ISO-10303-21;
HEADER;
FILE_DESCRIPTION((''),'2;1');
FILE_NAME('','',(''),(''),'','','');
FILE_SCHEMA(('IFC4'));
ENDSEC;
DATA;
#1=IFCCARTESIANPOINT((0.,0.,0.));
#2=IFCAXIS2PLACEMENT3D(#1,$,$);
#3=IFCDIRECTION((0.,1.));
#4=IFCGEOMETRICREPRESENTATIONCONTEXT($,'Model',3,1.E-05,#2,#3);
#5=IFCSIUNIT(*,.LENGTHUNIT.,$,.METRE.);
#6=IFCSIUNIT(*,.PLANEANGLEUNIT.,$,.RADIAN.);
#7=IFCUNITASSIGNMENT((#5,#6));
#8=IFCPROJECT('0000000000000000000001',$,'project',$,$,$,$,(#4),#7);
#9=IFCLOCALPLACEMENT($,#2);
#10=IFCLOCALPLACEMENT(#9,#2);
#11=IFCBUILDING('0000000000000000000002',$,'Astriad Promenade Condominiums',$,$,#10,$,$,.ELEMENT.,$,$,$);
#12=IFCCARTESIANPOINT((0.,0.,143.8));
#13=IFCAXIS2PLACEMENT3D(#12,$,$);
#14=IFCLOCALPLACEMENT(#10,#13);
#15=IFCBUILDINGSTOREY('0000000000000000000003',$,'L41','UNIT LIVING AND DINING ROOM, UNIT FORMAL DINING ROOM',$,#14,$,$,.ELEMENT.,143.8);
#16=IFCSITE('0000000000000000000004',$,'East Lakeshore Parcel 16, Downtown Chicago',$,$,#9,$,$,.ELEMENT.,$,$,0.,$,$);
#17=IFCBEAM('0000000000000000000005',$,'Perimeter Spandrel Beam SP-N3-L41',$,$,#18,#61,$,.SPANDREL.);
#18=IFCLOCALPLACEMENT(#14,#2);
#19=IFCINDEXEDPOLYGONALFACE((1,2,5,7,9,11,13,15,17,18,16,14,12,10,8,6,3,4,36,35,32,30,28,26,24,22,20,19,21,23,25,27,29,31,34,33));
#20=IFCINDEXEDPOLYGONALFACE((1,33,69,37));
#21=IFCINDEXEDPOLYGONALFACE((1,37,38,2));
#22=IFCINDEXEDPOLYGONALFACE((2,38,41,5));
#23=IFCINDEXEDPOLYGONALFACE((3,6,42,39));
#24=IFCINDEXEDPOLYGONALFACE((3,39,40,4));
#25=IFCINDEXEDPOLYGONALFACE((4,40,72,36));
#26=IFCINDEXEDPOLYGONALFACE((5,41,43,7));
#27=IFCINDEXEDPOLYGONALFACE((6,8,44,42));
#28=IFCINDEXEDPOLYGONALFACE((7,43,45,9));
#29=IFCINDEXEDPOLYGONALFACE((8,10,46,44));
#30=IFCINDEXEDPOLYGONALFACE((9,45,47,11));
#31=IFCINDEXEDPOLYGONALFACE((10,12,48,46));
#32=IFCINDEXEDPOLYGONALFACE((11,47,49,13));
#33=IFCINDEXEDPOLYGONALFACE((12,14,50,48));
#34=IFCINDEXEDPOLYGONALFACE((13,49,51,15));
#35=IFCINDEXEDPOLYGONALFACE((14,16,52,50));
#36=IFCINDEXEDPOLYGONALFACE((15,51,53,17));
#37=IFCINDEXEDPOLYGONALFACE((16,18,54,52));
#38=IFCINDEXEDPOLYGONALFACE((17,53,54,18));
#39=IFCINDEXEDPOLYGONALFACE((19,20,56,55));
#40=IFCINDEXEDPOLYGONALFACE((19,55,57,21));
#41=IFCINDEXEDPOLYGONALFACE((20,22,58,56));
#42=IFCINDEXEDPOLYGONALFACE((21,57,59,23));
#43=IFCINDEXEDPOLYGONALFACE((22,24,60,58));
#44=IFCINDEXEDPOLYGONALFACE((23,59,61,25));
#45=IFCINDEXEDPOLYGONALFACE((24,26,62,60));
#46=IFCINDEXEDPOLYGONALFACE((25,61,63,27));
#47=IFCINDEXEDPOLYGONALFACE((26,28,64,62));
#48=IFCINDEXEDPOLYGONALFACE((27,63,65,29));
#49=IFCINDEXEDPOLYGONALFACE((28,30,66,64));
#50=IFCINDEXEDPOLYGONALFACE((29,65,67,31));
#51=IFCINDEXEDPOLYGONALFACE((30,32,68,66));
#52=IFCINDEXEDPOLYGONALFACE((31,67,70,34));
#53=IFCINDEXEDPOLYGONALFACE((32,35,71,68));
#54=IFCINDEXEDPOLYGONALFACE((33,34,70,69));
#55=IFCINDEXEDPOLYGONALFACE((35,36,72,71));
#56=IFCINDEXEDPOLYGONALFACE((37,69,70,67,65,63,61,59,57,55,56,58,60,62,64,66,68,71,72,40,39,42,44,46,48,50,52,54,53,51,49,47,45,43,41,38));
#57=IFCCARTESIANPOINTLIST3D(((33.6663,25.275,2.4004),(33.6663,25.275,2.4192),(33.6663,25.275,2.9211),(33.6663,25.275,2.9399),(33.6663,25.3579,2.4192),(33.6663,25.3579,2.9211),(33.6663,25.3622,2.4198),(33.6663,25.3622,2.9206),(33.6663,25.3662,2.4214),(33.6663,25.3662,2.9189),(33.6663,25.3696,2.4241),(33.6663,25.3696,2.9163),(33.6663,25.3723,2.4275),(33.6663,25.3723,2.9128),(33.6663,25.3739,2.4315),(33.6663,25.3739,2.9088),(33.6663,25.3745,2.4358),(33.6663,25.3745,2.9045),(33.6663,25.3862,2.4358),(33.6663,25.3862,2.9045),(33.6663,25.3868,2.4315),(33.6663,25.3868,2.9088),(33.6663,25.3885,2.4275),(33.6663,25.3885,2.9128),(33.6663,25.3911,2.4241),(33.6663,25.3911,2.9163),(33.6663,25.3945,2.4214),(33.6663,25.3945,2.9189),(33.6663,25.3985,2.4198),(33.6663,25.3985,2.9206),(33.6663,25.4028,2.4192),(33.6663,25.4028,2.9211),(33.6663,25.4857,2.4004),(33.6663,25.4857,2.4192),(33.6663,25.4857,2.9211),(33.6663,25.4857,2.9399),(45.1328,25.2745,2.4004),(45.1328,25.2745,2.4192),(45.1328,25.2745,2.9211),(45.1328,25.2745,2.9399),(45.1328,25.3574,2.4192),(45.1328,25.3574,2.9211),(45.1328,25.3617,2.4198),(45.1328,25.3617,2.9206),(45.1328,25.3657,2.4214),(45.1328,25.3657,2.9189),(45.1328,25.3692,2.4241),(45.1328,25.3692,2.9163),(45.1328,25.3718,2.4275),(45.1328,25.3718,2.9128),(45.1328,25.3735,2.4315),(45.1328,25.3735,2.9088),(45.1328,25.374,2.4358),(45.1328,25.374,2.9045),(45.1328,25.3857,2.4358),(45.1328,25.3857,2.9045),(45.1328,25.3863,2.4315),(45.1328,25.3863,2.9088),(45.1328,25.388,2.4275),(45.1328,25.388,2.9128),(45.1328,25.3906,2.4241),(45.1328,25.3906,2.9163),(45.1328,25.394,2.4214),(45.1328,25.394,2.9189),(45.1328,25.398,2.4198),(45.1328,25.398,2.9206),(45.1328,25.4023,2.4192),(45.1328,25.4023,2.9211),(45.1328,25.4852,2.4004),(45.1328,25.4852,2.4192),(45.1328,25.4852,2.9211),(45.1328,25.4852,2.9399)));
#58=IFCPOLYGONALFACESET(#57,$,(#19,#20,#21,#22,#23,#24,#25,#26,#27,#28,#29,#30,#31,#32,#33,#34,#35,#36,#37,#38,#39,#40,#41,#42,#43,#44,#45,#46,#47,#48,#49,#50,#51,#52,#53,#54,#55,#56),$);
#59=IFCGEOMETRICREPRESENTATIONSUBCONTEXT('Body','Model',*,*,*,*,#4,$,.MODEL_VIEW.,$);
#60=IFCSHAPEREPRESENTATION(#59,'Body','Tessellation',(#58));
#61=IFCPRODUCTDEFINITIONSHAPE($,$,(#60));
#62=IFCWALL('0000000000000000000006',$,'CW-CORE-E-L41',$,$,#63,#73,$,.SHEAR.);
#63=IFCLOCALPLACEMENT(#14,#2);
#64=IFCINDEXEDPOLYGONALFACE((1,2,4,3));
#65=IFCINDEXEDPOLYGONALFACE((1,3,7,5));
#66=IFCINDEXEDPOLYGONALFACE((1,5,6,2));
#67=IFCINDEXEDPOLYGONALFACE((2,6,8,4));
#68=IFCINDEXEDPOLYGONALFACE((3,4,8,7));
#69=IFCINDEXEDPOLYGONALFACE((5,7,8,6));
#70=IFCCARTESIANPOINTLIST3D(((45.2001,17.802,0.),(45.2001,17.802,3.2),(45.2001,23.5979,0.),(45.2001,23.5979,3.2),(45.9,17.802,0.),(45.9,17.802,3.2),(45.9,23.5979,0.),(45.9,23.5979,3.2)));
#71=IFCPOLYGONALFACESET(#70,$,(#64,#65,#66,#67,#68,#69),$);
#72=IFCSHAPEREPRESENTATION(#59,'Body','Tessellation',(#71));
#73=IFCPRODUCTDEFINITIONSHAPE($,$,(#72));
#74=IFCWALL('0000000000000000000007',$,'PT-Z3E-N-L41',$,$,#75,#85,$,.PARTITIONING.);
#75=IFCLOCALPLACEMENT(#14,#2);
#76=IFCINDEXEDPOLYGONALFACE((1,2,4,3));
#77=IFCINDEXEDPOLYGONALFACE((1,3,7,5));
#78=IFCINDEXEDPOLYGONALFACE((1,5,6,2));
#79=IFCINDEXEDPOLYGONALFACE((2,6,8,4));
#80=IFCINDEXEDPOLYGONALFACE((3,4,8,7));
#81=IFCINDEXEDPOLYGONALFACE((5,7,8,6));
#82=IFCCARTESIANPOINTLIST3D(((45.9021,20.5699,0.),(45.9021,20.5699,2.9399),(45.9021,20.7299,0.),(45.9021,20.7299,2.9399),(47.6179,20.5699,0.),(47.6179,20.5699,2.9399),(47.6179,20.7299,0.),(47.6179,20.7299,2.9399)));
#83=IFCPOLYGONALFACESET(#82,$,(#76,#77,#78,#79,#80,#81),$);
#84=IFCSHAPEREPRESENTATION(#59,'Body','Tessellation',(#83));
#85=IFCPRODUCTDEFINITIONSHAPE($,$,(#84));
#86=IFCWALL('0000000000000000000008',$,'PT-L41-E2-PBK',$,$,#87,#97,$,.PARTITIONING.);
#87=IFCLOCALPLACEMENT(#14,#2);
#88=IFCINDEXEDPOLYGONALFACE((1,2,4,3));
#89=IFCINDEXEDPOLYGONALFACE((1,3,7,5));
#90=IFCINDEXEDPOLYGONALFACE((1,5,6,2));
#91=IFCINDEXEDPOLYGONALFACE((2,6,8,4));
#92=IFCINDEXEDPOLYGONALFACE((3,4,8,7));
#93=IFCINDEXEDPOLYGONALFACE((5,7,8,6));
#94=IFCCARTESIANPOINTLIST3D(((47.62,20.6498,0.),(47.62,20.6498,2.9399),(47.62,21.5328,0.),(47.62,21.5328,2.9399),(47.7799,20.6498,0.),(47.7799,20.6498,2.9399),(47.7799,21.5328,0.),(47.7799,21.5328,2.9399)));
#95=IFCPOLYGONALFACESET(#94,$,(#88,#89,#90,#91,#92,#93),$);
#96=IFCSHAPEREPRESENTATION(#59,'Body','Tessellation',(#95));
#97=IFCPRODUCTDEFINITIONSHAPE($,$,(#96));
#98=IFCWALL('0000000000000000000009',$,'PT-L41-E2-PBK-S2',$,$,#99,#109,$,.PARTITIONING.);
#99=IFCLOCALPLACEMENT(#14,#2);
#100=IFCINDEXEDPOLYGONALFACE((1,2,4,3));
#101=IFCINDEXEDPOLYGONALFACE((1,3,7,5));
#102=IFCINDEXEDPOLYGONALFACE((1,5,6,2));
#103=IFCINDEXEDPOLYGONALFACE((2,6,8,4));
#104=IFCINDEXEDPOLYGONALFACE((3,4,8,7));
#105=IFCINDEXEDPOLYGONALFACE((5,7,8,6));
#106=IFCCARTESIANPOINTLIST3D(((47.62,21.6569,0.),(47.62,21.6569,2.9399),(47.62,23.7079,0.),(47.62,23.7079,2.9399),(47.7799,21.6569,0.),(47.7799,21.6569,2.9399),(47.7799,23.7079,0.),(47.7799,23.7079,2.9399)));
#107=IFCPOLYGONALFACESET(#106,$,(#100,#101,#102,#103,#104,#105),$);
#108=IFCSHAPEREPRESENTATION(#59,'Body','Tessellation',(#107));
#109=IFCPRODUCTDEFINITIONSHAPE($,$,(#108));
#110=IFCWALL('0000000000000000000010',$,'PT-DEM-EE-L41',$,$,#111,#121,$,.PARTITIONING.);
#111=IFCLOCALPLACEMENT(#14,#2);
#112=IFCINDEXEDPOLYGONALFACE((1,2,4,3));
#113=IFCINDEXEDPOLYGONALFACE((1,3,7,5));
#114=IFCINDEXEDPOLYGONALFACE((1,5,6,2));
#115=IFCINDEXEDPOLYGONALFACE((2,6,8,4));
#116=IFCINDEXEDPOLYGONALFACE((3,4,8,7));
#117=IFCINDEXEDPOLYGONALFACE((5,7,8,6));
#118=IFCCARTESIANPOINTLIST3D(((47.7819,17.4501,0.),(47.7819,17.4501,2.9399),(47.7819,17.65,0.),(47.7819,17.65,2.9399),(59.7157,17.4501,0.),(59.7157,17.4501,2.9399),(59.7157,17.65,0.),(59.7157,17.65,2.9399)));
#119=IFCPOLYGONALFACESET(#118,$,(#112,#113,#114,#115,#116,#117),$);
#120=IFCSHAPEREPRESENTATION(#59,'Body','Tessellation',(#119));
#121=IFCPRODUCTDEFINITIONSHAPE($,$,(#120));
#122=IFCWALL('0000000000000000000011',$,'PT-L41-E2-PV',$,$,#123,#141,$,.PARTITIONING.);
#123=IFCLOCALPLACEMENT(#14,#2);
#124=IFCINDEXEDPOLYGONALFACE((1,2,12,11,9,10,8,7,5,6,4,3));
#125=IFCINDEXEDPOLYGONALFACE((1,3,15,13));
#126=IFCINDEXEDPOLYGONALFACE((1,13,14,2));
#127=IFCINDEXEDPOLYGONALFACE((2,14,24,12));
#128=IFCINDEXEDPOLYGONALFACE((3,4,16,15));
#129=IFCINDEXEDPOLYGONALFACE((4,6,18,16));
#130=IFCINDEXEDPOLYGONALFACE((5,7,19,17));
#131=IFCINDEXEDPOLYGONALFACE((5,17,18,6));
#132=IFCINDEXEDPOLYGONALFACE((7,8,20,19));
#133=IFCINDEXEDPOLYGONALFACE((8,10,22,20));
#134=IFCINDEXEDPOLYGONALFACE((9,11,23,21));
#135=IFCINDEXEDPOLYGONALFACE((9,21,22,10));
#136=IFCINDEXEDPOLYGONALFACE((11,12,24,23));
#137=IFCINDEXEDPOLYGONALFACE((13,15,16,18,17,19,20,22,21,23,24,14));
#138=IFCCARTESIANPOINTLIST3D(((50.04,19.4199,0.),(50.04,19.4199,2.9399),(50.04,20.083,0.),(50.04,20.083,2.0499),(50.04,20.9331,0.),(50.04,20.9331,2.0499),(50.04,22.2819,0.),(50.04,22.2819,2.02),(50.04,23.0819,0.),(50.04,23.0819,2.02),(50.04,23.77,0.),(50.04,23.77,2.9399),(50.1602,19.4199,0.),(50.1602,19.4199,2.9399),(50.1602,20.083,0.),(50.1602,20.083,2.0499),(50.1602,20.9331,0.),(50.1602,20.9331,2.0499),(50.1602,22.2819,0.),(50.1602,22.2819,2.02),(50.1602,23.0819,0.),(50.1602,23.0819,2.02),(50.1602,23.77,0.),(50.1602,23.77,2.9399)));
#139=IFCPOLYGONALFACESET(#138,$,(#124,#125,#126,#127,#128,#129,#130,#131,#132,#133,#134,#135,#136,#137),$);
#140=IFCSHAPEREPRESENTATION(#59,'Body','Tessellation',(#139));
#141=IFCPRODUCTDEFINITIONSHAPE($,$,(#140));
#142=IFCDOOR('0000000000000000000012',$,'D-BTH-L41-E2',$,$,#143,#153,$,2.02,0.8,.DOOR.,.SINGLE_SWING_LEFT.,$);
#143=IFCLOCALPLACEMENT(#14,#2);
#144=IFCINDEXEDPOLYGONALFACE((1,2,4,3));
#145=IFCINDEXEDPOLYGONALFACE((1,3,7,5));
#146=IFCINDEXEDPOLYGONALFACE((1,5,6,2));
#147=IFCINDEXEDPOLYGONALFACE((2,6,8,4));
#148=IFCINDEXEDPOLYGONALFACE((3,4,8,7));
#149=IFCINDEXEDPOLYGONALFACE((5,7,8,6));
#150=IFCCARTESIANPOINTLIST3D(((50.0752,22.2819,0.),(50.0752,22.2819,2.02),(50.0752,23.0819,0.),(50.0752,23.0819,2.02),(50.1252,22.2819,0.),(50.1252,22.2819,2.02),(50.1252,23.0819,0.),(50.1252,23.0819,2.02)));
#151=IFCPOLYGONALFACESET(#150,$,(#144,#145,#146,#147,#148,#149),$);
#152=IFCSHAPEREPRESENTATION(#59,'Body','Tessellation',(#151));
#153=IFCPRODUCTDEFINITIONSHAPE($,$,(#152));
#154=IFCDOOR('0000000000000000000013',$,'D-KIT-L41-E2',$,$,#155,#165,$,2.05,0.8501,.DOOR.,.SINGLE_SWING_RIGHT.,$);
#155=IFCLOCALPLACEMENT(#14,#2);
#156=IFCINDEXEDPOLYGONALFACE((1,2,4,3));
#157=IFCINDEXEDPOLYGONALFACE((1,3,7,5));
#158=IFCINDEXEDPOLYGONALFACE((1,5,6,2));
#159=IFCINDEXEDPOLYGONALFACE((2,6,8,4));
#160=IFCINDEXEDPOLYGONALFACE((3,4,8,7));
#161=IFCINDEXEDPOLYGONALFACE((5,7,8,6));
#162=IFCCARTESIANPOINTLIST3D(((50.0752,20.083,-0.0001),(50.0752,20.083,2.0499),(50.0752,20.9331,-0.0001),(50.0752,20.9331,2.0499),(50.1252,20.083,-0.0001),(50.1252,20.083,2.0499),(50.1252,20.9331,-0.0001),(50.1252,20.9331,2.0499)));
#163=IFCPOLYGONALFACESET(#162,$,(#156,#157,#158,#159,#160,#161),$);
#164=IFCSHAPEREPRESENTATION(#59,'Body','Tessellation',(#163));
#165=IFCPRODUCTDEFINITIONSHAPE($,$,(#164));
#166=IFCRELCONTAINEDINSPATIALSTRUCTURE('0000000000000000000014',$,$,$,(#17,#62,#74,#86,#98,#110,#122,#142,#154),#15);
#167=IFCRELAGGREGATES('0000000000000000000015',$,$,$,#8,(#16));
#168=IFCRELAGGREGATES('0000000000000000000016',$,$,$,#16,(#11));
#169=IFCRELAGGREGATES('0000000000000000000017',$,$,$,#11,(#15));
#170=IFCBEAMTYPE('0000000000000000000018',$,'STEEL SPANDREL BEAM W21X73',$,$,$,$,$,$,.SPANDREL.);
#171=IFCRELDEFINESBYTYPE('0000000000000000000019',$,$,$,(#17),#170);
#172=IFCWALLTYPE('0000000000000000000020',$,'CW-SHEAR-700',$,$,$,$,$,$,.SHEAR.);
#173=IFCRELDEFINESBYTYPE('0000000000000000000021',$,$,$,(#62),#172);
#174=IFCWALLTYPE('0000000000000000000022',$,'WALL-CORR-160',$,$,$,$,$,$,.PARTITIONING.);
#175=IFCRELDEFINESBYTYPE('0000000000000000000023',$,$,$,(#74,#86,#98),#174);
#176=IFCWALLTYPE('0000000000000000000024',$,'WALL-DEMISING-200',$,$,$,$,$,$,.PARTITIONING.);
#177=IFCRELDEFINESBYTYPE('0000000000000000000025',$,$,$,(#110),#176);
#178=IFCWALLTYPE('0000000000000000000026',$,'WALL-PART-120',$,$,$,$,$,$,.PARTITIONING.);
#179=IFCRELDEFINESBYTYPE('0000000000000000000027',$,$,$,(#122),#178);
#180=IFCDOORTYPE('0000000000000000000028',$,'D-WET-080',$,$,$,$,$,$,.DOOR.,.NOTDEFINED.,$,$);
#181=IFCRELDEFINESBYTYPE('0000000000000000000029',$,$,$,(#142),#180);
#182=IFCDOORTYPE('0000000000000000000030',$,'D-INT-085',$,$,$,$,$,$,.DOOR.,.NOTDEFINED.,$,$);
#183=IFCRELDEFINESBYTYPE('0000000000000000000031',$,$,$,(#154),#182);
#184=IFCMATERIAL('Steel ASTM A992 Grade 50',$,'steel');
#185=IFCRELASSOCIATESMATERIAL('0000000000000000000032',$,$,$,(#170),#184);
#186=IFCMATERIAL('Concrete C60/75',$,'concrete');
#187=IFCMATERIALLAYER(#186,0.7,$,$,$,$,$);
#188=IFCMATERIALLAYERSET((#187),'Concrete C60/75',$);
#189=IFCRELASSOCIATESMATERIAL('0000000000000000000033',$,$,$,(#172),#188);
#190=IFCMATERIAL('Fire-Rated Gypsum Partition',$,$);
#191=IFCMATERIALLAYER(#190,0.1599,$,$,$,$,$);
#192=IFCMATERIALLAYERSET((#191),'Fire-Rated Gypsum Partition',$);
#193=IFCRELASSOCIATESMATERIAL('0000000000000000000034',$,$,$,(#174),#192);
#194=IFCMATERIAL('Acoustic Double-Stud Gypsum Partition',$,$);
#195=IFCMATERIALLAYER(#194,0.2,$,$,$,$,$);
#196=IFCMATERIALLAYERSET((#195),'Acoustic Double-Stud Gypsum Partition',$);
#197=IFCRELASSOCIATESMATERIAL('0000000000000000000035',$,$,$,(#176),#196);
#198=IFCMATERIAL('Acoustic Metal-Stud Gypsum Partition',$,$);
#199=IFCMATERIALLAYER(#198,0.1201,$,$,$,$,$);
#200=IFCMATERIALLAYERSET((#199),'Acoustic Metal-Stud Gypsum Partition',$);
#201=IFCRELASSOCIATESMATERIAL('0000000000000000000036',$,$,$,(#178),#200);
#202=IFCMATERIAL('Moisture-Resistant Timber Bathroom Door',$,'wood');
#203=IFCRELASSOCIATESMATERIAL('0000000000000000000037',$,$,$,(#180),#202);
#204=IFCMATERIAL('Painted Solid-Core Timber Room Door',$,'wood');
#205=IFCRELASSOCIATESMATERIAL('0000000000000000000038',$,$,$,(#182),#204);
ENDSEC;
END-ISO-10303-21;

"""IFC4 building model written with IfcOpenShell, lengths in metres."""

from ifc_helpers import new_model, si_unit, direction, frame, frame_2d, origin, origin_2d, place, context, subcontext, project, spatial, rectangle, i_section, extrude, source, transform, mapped, material, layer, layer_set, material_profile, profile_set, type_object, type_shapes, element, fill, save


model = new_model("IFC4")

# Units and contexts
model_context = context("Model", 3, precision=1e-05, world=origin(), true_north=direction((0.0, 1.0)))
body_context = subcontext(model_context, "Body", "Model", "MODEL_VIEW")
ifc_project = project(units=[si_unit("LENGTHUNIT", "METRE"), si_unit("PLANEANGLEUNIT", "RADIAN")], contexts=[model_context])

# Site, building, storey
site_placement = place(None, origin())
site = spatial("IfcSite", under=ifc_project, at=site_placement, Name="East Lakeshore Parcel 16, Downtown Chicago", CompositionType="ELEMENT", RefElevation=0.0)
building_placement = place(site_placement, origin())
building = spatial("IfcBuilding", under=site, at=building_placement, Name="Astriad Promenade Condominiums", CompositionType="ELEMENT")
storey_placement = place(building_placement, frame((0.0, 0.0, 143.8)))
storey = spatial("IfcBuildingStorey", under=building, at=storey_placement, Name="L41", Description="UNIT LIVING AND DINING ROOM, UNIT FORMAL DINING ROOM", CompositionType="ELEMENT", Elevation=143.8)

# Shared definitions
ifc_material_1 = material(Name="Steel ASTM A992 Grade 50", Category="steel")
ifc_material_2 = material(Name="Concrete C60/75", Category="concrete")

# Beam
ifc_material_profile_1 = material_profile(ifc_material_1, i_section(OverallWidth=0.2107, OverallDepth=0.5396, WebThickness=0.0117, FlangeThickness=0.0188, FilletRadius=0.0166, at=origin_2d()), Name="W21X73")
ifc_profile_set_1 = profile_set([ifc_material_profile_1], Name="Steel ASTM A992 Grade 50")
beam_type_1 = type_object("IfcBeamType", Name="STEEL SPANDREL BEAM W21X73", PredefinedType="SPANDREL", material=ifc_profile_set_1)
shared_shape_1 = source(origin(), body_context, "Body", "SweptSolid", [
    extrude(i_section(OverallWidth=0.2107, OverallDepth=0.5396, WebThickness=0.0117, FlangeThickness=0.0188, FilletRadius=0.0166, at=origin_2d()), origin(), (0.0, 0.0, 1.0), 11.4666),
])
type_shapes(beam_type_1, [shared_shape_1])
beam_1_placement = place(storey_placement, frame((45.1328, 25.3799, 2.6702), z_axis=(-1.0, 0.000043, 0.0), x_axis=(-0.000043, -1.0, 0.0)))
element("IfcBeam", 1, at=beam_1_placement, inside=storey, type_object=beam_type_1, Name="Perimeter Spandrel Beam SP-N3-L41", PredefinedType="SPANDREL", context=body_context, shape_type="MappedRepresentation", body=[
    mapped(shared_shape_1, transform((0.0, 0.0, 0.0), scale=1.0)),
])

# Walls
ifc_layer_1 = layer(ifc_material_2, 0.7)
ifc_layer_set_1 = layer_set([ifc_layer_1], Name="Concrete C60/75")
wall_type_1 = type_object("IfcWallType", Name="CW-SHEAR-700", PredefinedType="SHEAR", material=ifc_layer_set_1)
wall_1_placement = place(storey_placement, frame((45.55, 17.802, 0.0), z_axis=(0.0, 0.0, 1.0), x_axis=(0.0, 1.0, 0.0)))
element("IfcWall", 2, at=wall_1_placement, inside=storey, type_object=wall_type_1, Name="CW-CORE-E-L41", PredefinedType="SHEAR", context=body_context, shape_type="SweptSolid", body=[
    extrude(rectangle(XDim=5.7959, YDim=0.7, at=frame_2d((2.8979, 0.0))), origin(), (0.0, 0.0, 1.0), 3.2),
])
ifc_material_3 = material(Name="Fire-Rated Gypsum Partition")
ifc_layer_2 = layer(ifc_material_3, 0.1599)
ifc_layer_set_2 = layer_set([ifc_layer_2], Name="Fire-Rated Gypsum Partition")
wall_type_2 = type_object("IfcWallType", Name="WALL-CORR-160", PredefinedType="PARTITIONING", material=ifc_layer_set_2)
wall_2_placement = place(storey_placement, frame((45.9021, 20.6499, 0.0), z_axis=(0.0, 0.0, 1.0), x_axis=(1.0, 0.0, 0.0)))
element("IfcWall", 3, at=wall_2_placement, inside=storey, type_object=wall_type_2, Name="PT-Z3E-N-L41", PredefinedType="PARTITIONING", context=body_context, shape_type="SweptSolid", body=[
    extrude(rectangle(XDim=1.7158, YDim=0.1599, at=frame_2d((0.8579, 0.0))), origin(), (0.0, 0.0, 1.0), 2.9399),
])
wall_3_placement = place(storey_placement, frame((47.7, 20.6499, 0.0), z_axis=(0.0, 0.0, 1.0), x_axis=(0.0, 1.0, 0.0)))
element("IfcWall", 4, at=wall_3_placement, inside=storey, type_object=wall_type_2, Name="PT-L41-E2-PBK", PredefinedType="PARTITIONING", context=body_context, shape_type="SweptSolid", body=[
    extrude(rectangle(XDim=0.8831, YDim=0.1599, at=frame_2d((0.4414, 0.0))), origin(), (0.0, 0.0, 1.0), 2.9399),
])
wall_4_placement = place(storey_placement, frame((47.7, 21.657, 0.0), z_axis=(0.0, 0.0, 1.0), x_axis=(0.0, 1.0, 0.0)))
element("IfcWall", 5, at=wall_4_placement, inside=storey, type_object=wall_type_2, Name="PT-L41-E2-PBK-S2", PredefinedType="PARTITIONING", context=body_context, shape_type="SweptSolid", body=[
    extrude(rectangle(XDim=2.051, YDim=0.1599, at=frame_2d((1.0254, 0.0))), origin(), (0.0, 0.0, 1.0), 2.9399),
])
ifc_material_4 = material(Name="Acoustic Double-Stud Gypsum Partition")
ifc_layer_3 = layer(ifc_material_4, 0.2)
ifc_layer_set_3 = layer_set([ifc_layer_3], Name="Acoustic Double-Stud Gypsum Partition")
wall_type_3 = type_object("IfcWallType", Name="WALL-DEMISING-200", PredefinedType="PARTITIONING", material=ifc_layer_set_3)
wall_5_placement = place(storey_placement, frame((47.782, 17.55, 0.0), z_axis=(0.0, 0.0, 1.0), x_axis=(1.0, 0.0, 0.0)))
element("IfcWall", 6, at=wall_5_placement, inside=storey, type_object=wall_type_3, Name="PT-DEM-EE-L41", PredefinedType="PARTITIONING", context=body_context, shape_type="SweptSolid", body=[
    extrude(rectangle(XDim=11.9338, YDim=0.2, at=frame_2d((5.9668, 0.0))), origin(), (0.0, 0.0, 1.0), 2.9399),
])

# Wall, openings, doors
ifc_material_5 = material(Name="Acoustic Metal-Stud Gypsum Partition")
ifc_layer_4 = layer(ifc_material_5, 0.1201)
ifc_layer_set_4 = layer_set([ifc_layer_4], Name="Acoustic Metal-Stud Gypsum Partition")
wall_type_4 = type_object("IfcWallType", Name="WALL-PART-120", PredefinedType="PARTITIONING", material=ifc_layer_set_4)
wall_6_placement = place(storey_placement, frame((50.1001, 19.4199, 0.0), z_axis=(0.0, 0.0, 1.0), x_axis=(0.0, 1.0, 0.0)))
wall_6 = element("IfcWall", 7, at=wall_6_placement, inside=storey, type_object=wall_type_4, Name="PT-L41-E2-PV", PredefinedType="PARTITIONING", context=body_context, shape_type="SweptSolid", body=[
    extrude(rectangle(XDim=4.3501, YDim=0.1201, at=frame_2d((2.175, 0.0))), origin(), (0.0, 0.0, 1.0), 2.9399),
])
opening_1_placement = place(wall_6_placement, frame((0.6631, 0.0, 0.0)))
opening_1 = element("IfcOpeningElement", 8, at=opening_1_placement, cuts=wall_6, PredefinedType="OPENING", context=body_context, shape_type="SweptSolid", body=[
    extrude(rectangle(XDim=0.8501, YDim=2.05, at=frame_2d((0.425, 1.0249))), frame((0.0, 0.0701, 0.0), z_axis=(0.0, -1.0, 0.0), x_axis=(1.0, 0.0, 0.0)), (0.0, 0.0, 1.0), 0.1401),
])
opening_2_placement = place(wall_6_placement, frame((2.8621, 0.0, 0.0)))
opening_2 = element("IfcOpeningElement", 9, at=opening_2_placement, cuts=wall_6, PredefinedType="OPENING", context=body_context, shape_type="SweptSolid", body=[
    extrude(rectangle(XDim=0.8, YDim=2.02, at=frame_2d((0.3999, 1.01))), frame((0.0, 0.0701, 0.0), z_axis=(0.0, -1.0, 0.0), x_axis=(1.0, 0.0, 0.0)), (0.0, 0.0, 1.0), 0.1401),
])
ifc_material_6 = material(Name="Moisture-Resistant Timber Bathroom Door", Category="wood")
door_type_1 = type_object("IfcDoorType", Name="D-WET-080", OperationType="NOTDEFINED", PredefinedType="DOOR", material=ifc_material_6)
shared_shape_2 = source(origin(), body_context, "Body", "SweptSolid", [
    extrude(rectangle(XDim=0.8, YDim=2.02, at=frame_2d((0.3999, 1.01))), frame((0.0, 0.0249, 0.0), z_axis=(0.0, -1.0, 0.0), x_axis=(1.0, 0.0, 0.0)), (0.0, 0.0, 1.0), 0.05),
])
type_shapes(door_type_1, [shared_shape_2])
door_1_placement = place(opening_2_placement, origin())
door_1 = element("IfcDoor", 10, at=door_1_placement, inside=storey, type_object=door_type_1, Name="D-BTH-L41-E2", OperationType="SINGLE_SWING_LEFT", OverallHeight=2.02, OverallWidth=0.8, PredefinedType="DOOR", context=body_context, shape_type="MappedRepresentation", body=[
    mapped(shared_shape_2, transform((0.0, 0.0, 0.0), scale=1.0)),
])
fill(opening_2, door_1)
ifc_material_7 = material(Name="Painted Solid-Core Timber Room Door", Category="wood")
door_type_2 = type_object("IfcDoorType", Name="D-INT-085", OperationType="NOTDEFINED", PredefinedType="DOOR", material=ifc_material_7)
shared_shape_3 = source(origin(), body_context, "Body", "SweptSolid", [
    extrude(rectangle(XDim=0.8501, YDim=2.05, at=frame_2d((0.425, 1.0249))), frame((0.0, 0.0249, 0.0), z_axis=(0.0, -1.0, 0.0), x_axis=(1.0, 0.0, 0.0)), (0.0, 0.0, 1.0), 0.05),
])
type_shapes(door_type_2, [shared_shape_3])
door_2_placement = place(opening_1_placement, origin())
door_2 = element("IfcDoor", 11, at=door_2_placement, inside=storey, type_object=door_type_2, Name="D-KIT-L41-E2", OperationType="SINGLE_SWING_RIGHT", OverallHeight=2.05, OverallWidth=0.8501, PredefinedType="DOOR", context=body_context, shape_type="MappedRepresentation", body=[
    mapped(shared_shape_3, transform((0.0, 0.0, 0.0), scale=1.0)),
])
fill(opening_1, door_2)

save(model, "model.ifc")
